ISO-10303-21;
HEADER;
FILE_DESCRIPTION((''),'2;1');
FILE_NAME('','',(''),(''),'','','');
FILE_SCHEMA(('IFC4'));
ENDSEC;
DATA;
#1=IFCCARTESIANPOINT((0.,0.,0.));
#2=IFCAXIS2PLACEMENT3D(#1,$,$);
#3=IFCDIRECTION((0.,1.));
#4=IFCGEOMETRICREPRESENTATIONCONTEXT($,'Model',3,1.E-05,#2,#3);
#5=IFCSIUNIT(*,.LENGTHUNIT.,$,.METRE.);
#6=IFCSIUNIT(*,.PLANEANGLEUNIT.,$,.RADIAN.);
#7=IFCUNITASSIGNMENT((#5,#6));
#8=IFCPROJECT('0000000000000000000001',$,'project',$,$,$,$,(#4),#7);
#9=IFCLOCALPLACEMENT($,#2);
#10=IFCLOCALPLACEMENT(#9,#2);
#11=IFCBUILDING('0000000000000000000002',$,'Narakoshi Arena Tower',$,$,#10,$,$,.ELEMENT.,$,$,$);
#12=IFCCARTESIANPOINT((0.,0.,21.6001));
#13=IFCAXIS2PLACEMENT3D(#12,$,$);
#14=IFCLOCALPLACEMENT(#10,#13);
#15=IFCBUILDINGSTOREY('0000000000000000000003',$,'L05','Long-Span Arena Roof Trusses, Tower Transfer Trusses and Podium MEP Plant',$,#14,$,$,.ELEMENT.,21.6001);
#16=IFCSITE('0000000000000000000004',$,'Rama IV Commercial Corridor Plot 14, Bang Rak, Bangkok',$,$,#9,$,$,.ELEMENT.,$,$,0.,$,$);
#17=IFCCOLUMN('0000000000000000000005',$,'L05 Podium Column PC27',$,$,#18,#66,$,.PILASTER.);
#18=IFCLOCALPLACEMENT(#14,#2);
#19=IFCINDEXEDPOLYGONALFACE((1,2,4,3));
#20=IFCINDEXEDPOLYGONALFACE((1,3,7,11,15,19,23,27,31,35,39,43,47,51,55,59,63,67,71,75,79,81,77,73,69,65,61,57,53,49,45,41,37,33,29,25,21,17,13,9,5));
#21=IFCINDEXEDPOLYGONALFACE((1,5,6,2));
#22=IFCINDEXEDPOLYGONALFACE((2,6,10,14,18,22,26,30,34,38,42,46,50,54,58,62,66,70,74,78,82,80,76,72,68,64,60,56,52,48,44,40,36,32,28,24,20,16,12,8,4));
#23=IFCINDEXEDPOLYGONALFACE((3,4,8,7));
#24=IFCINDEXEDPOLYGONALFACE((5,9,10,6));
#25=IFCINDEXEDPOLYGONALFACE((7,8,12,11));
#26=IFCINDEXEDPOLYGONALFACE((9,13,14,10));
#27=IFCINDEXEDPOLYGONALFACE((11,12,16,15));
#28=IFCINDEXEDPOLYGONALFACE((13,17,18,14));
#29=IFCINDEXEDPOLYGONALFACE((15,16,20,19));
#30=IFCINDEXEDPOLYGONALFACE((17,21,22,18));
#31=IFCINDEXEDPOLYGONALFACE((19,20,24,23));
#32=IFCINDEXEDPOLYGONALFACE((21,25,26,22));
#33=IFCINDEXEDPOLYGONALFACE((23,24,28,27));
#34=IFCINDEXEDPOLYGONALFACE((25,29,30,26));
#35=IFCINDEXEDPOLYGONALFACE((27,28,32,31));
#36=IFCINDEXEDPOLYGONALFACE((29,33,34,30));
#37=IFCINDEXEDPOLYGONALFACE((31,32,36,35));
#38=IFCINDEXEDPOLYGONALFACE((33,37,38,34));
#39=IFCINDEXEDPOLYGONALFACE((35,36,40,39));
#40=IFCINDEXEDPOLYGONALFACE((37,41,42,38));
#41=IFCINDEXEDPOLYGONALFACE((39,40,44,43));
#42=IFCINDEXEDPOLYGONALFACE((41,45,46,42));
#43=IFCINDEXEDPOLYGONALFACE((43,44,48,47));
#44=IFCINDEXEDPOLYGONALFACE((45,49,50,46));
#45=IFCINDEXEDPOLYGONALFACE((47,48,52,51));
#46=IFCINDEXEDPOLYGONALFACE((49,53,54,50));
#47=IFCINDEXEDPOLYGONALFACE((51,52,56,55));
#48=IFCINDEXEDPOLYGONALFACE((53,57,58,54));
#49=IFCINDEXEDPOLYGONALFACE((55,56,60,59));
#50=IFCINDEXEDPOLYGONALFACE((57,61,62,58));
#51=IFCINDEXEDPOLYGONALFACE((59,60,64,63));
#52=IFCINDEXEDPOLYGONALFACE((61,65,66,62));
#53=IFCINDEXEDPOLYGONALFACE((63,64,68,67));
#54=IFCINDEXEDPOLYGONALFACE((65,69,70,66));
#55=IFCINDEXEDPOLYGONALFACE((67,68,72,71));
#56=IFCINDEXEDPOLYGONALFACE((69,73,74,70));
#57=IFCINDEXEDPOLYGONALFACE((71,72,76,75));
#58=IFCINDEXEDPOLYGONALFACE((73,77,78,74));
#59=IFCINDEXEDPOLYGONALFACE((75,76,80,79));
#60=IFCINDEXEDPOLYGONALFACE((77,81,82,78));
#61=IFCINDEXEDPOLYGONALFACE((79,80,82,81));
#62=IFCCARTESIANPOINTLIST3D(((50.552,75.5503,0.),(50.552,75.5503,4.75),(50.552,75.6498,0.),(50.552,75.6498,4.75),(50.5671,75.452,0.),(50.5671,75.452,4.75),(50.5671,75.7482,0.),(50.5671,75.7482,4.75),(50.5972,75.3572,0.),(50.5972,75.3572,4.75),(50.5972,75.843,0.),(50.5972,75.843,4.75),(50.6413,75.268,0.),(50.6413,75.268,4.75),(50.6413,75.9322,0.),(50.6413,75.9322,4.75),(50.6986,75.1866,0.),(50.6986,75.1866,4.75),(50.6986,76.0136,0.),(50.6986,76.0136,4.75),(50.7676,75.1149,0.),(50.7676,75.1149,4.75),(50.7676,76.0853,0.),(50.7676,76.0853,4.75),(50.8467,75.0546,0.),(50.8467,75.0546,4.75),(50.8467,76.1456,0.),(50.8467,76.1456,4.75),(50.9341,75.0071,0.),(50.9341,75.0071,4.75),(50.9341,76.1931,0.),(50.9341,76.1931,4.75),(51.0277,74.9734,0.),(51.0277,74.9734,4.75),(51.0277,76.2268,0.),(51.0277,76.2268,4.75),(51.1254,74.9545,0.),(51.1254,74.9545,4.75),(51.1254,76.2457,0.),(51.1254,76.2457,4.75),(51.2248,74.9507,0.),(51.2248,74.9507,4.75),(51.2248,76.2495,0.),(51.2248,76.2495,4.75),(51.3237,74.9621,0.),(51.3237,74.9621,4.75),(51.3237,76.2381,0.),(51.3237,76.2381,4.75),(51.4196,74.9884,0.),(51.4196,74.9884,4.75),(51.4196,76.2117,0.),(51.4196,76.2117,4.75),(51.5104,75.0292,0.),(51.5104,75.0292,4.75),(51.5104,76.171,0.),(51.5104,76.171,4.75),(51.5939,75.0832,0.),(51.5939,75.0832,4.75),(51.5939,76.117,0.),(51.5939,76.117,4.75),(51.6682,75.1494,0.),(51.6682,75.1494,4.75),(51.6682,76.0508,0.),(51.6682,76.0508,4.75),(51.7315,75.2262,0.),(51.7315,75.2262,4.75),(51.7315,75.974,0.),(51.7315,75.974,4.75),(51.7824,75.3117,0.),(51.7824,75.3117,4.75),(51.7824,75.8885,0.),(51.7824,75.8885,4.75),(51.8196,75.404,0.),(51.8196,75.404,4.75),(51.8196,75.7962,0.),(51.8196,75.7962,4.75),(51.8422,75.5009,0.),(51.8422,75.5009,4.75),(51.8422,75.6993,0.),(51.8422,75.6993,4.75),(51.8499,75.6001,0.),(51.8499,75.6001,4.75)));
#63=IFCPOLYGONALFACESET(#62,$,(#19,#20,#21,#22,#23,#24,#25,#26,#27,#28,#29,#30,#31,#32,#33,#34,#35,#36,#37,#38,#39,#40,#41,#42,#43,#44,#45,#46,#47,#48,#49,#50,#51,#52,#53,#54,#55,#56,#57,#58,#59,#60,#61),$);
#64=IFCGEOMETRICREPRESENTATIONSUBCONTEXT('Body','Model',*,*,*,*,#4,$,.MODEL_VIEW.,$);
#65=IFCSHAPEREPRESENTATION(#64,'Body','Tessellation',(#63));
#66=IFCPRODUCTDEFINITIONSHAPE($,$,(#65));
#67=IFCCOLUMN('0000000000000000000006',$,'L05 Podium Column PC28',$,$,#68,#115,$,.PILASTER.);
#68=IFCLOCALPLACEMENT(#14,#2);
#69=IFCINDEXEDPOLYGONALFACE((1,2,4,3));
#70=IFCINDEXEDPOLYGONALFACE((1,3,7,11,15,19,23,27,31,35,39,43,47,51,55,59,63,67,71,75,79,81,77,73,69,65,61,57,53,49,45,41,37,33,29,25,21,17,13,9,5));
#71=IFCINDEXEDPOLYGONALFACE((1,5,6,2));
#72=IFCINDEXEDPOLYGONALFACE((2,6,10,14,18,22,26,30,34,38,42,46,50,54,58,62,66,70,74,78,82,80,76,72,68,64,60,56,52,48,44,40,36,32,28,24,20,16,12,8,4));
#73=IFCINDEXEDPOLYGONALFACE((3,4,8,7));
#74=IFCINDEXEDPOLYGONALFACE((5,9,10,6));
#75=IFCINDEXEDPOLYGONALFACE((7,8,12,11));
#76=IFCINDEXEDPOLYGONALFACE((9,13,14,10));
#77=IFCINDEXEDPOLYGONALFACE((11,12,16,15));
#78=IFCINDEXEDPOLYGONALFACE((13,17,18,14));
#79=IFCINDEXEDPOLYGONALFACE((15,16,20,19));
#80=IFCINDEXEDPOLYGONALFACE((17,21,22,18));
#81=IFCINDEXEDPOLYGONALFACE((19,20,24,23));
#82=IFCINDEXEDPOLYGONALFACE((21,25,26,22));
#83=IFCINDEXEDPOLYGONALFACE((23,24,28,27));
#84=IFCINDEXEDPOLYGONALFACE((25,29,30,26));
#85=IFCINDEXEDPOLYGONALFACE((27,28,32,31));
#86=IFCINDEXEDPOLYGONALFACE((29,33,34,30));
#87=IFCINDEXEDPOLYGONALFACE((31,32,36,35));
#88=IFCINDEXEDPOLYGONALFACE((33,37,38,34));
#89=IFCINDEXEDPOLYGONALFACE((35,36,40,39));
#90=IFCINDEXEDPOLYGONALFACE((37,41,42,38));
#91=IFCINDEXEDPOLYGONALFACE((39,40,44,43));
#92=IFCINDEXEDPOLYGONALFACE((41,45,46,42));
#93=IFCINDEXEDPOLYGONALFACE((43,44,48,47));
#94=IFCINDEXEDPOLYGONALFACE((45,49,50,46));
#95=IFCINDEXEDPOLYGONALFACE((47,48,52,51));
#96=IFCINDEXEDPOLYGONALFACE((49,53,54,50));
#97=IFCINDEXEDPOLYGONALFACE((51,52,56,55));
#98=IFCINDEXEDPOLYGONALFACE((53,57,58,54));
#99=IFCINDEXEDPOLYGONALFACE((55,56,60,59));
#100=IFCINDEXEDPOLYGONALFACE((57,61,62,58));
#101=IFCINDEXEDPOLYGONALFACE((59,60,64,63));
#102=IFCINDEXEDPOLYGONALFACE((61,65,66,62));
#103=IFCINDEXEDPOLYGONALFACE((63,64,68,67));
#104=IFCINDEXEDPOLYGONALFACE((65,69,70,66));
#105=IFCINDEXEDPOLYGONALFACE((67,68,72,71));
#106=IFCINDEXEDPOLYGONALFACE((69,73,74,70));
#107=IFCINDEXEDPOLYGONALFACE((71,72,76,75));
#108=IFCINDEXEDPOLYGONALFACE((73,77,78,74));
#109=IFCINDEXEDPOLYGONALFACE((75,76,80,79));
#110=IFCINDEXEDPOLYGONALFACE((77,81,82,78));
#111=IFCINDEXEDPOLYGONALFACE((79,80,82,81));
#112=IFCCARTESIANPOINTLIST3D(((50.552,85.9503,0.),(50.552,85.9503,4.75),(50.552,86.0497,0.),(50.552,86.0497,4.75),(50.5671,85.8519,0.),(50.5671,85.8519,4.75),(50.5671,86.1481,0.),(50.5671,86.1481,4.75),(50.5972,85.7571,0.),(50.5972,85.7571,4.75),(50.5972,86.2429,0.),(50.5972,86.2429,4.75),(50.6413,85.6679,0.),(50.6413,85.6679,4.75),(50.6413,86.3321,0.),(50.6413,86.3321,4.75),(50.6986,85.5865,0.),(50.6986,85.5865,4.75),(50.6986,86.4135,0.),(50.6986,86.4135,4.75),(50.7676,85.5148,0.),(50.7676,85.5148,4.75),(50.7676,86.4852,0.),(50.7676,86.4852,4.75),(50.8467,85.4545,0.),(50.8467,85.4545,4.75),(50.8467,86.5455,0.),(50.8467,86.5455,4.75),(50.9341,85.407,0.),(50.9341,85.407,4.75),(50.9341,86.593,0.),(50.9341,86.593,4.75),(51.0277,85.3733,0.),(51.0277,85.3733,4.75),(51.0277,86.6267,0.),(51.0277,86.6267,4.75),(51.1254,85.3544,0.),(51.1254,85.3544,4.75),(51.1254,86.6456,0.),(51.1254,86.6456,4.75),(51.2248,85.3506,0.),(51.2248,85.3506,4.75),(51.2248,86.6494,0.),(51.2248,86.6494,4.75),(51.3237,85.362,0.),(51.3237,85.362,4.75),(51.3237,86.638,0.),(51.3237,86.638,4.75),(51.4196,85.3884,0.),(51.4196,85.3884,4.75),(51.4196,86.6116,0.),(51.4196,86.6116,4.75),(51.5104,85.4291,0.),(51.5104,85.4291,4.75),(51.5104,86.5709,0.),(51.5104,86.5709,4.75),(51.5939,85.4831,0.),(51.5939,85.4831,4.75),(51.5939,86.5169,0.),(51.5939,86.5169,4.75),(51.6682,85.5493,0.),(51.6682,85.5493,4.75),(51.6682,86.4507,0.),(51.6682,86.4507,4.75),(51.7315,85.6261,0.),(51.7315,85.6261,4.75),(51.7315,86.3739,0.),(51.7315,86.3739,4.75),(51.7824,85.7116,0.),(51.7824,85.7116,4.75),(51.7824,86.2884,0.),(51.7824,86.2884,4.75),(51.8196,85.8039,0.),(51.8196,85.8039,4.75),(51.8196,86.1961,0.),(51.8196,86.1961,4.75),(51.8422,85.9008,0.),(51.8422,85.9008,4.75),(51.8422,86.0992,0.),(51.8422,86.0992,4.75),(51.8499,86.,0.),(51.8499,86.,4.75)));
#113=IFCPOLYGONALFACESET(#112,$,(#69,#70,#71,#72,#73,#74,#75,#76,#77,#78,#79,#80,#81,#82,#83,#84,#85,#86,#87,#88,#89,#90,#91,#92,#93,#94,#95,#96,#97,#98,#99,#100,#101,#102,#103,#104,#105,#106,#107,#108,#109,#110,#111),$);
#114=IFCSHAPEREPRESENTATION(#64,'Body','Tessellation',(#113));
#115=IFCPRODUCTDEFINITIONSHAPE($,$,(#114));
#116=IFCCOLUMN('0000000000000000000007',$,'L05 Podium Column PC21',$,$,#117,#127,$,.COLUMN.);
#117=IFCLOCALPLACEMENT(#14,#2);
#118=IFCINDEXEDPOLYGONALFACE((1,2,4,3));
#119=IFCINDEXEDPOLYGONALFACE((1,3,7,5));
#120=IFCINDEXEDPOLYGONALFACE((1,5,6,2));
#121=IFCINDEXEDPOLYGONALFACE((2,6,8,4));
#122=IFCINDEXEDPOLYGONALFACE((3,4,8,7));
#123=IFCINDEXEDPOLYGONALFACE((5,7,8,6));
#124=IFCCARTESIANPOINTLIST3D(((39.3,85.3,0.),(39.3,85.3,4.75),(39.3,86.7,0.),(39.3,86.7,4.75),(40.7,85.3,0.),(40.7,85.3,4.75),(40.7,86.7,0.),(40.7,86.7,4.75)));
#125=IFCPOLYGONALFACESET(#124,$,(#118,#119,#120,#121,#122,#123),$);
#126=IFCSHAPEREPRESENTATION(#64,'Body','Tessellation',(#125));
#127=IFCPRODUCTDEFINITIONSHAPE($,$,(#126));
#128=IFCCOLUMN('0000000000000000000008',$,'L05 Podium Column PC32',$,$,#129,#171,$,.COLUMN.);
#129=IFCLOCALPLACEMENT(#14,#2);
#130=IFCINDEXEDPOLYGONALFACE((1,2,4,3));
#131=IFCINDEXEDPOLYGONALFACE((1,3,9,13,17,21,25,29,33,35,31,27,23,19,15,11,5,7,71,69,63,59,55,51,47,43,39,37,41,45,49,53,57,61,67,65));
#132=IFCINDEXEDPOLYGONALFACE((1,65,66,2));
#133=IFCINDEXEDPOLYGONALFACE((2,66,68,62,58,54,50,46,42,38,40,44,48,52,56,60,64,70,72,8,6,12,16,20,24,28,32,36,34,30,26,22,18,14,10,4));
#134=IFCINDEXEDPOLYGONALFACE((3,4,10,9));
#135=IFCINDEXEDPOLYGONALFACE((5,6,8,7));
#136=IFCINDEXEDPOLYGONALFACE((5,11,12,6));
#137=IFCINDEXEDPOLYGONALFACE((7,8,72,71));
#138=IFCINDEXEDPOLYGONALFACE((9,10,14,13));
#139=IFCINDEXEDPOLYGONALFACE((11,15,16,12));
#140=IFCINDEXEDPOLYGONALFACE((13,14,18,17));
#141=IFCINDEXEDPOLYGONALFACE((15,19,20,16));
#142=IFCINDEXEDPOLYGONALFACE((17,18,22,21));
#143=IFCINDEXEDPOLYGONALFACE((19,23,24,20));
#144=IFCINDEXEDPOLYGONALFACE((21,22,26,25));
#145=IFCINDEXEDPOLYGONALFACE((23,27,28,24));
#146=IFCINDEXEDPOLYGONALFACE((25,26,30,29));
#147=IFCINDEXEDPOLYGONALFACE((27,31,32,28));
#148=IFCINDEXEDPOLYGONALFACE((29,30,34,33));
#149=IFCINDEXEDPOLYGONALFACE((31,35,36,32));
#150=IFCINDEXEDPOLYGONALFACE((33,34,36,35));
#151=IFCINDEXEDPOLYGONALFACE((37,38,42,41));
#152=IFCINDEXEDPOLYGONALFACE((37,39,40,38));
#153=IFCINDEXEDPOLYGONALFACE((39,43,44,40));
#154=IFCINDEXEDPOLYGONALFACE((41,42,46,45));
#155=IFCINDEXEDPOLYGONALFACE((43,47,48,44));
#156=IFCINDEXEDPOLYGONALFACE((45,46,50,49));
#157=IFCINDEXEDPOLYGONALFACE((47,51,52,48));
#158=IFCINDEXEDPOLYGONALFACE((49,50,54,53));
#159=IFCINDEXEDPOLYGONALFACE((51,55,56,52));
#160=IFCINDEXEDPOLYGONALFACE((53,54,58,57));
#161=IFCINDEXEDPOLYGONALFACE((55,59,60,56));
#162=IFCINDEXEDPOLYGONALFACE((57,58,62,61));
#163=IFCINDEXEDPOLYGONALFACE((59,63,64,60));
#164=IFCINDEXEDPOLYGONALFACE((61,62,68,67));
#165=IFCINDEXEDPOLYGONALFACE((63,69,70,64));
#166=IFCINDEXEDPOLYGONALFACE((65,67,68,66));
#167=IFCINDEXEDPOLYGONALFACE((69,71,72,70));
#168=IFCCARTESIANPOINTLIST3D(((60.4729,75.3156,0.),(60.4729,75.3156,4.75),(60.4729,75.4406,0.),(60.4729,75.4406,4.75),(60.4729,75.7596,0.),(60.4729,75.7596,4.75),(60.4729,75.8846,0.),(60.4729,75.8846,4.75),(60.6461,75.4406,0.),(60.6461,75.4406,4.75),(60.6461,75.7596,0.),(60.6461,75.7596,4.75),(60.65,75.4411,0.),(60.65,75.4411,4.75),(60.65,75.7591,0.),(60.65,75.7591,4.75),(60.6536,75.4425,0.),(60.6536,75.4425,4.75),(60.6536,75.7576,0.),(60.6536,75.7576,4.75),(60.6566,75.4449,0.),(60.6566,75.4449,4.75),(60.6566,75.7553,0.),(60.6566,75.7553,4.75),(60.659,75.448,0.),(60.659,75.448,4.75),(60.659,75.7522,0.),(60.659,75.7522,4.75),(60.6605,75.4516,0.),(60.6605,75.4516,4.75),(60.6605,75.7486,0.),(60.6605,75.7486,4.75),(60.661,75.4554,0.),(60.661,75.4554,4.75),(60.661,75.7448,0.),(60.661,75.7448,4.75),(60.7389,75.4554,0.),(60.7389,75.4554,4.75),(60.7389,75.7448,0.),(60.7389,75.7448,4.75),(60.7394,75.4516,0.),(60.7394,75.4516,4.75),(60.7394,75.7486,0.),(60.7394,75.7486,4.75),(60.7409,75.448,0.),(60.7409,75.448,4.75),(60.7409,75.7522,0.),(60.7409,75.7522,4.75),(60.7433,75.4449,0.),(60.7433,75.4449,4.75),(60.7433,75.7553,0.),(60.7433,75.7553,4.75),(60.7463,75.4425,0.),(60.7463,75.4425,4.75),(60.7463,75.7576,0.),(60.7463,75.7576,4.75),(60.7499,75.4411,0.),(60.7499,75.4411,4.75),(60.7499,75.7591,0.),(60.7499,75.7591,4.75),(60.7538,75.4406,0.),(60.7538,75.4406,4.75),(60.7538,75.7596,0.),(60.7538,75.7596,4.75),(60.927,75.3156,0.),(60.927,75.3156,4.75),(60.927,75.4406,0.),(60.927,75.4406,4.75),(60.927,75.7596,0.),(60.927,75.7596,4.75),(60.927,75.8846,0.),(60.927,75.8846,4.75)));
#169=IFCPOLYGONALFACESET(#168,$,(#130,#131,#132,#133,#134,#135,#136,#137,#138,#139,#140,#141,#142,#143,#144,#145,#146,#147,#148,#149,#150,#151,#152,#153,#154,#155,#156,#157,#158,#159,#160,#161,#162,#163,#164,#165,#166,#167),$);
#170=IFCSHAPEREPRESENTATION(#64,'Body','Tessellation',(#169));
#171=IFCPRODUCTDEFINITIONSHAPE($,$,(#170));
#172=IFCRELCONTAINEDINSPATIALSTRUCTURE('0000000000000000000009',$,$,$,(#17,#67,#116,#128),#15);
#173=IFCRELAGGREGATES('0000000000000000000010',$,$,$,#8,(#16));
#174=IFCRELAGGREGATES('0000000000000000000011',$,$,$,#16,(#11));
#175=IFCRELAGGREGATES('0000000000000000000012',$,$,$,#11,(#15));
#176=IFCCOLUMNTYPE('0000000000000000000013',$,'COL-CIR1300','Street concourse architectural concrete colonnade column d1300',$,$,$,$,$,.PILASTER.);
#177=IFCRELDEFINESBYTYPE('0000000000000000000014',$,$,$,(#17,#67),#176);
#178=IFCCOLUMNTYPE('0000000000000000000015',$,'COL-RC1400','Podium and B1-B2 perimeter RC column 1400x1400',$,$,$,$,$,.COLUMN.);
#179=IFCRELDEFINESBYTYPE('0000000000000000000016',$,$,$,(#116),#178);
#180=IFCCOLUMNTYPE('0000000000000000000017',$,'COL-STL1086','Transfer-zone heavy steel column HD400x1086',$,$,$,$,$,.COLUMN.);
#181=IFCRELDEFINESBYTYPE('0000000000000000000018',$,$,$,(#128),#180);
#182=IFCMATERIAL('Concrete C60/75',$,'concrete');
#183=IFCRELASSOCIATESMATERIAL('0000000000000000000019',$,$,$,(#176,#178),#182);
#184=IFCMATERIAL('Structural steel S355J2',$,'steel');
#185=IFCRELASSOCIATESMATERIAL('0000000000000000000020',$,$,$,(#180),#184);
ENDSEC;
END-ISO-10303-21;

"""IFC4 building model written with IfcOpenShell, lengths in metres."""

from ifc_helpers import new_model, si_unit, direction, frame, origin, origin_2d, place, context, subcontext, project, spatial, rectangle, circle, i_section, extrude, material, material_profile, profile_set, type_object, element, save


model = new_model("IFC4")

# Units and contexts
model_context = context("Model", 3, precision=1e-05, world=origin(), true_north=direction((0.0, 1.0)))
body_context = subcontext(model_context, "Body", "Model", "MODEL_VIEW")
ifc_project = project(units=[si_unit("LENGTHUNIT", "METRE"), si_unit("PLANEANGLEUNIT", "RADIAN")], contexts=[model_context])

# Site, building, storey
site_placement = place(None, origin())
site = spatial("IfcSite", under=ifc_project, at=site_placement, Name="Rama IV Commercial Corridor Plot 14, Bang Rak, Bangkok", CompositionType="ELEMENT", RefElevation=0.0)
building_placement = place(site_placement, origin())
building = spatial("IfcBuilding", under=site, at=building_placement, Name="Narakoshi Arena Tower", CompositionType="ELEMENT")
storey_placement = place(building_placement, frame((0.0, 0.0, 21.6001)))
storey = spatial("IfcBuildingStorey", under=building, at=storey_placement, Name="L05", Description="Long-Span Arena Roof Trusses, Tower Transfer Trusses and Podium MEP Plant", CompositionType="ELEMENT", Elevation=21.6001)

# Columns
ifc_material_1 = material(Name="Concrete C60/75", Category="concrete")
ifc_material_profile_1 = material_profile(ifc_material_1, circle(Radius=0.6499, at=origin_2d()), Name="RCC1300")
ifc_profile_set_1 = profile_set([ifc_material_profile_1], Name="Concrete C60/75")
column_type_1 = type_object("IfcColumnType", Name="COL-CIR1300", Description="Street concourse architectural concrete colonnade column d1300", PredefinedType="PILASTER", material=ifc_profile_set_1)
for number, where, z_axis, x_axis, name in (
    (1, (51.2, 75.6001, 0.0), (0.0, 0.0, 1.0), (1.0, 0.0, 0.0), "L05 Podium Column PC27"),
    (2, (51.2, 86.0, 0.0), (0.0, 0.0, 1.0), (1.0, 0.0, 0.0), "L05 Podium Column PC28"),
):
    element("IfcColumn", number, at=place(storey_placement, frame(where, z_axis=z_axis, x_axis=x_axis)), inside=storey, type_object=column_type_1, Name=name, PredefinedType="PILASTER", context=body_context, shape_type="SweptSolid", body=[
        extrude(circle(Radius=0.6499, at=origin_2d()), origin(), (0.0, 0.0, 1.0), 4.75),
    ])
ifc_material_profile_2 = material_profile(ifc_material_1, rectangle(XDim=1.3999, YDim=1.3999, at=origin_2d()), Name="RC1400x1400")
ifc_profile_set_2 = profile_set([ifc_material_profile_2], Name="Concrete C60/75")
column_type_2 = type_object("IfcColumnType", Name="COL-RC1400", Description="Podium and B1-B2 perimeter RC column 1400x1400", PredefinedType="COLUMN", material=ifc_profile_set_2)
column_1_placement = place(storey_placement, frame((40.0, 86.0, 0.0), z_axis=(0.0, 0.0, 1.0), x_axis=(1.0, 0.0, 0.0)))
element("IfcColumn", 3, at=column_1_placement, inside=storey, type_object=column_type_2, Name="L05 Podium Column PC21", PredefinedType="COLUMN", context=body_context, shape_type="SweptSolid", body=[
    extrude(rectangle(XDim=1.3999, YDim=1.3999, at=origin_2d()), origin(), (0.0, 0.0, 1.0), 4.75),
])
ifc_material_2 = material(Name="Structural steel S355J2", Category="steel")
ifc_material_profile_3 = material_profile(ifc_material_2, i_section(OverallWidth=0.4541, OverallDepth=0.5691, WebThickness=0.0779, FlangeThickness=0.125, FilletRadius=0.0149, at=origin_2d()), Name="HD400x1086")
ifc_profile_set_3 = profile_set([ifc_material_profile_3], Name="Structural steel S355J2")
column_type_3 = type_object("IfcColumnType", Name="COL-STL1086", Description="Transfer-zone heavy steel column HD400x1086", PredefinedType="COLUMN", material=ifc_profile_set_3)
column_2_placement = place(storey_placement, frame((60.7, 75.6001, 0.0), z_axis=(0.0, 0.0, 1.0), x_axis=(1.0, 0.0, 0.0)))
element("IfcColumn", 4, at=column_2_placement, inside=storey, type_object=column_type_3, Name="L05 Podium Column PC32", PredefinedType="COLUMN", context=body_context, shape_type="SweptSolid", body=[
    extrude(i_section(OverallWidth=0.4541, OverallDepth=0.5691, WebThickness=0.0779, FlangeThickness=0.125, FilletRadius=0.0149, at=origin_2d()), origin(), (0.0, 0.0, 1.0), 4.75),
])

save(model, "model.ifc")
